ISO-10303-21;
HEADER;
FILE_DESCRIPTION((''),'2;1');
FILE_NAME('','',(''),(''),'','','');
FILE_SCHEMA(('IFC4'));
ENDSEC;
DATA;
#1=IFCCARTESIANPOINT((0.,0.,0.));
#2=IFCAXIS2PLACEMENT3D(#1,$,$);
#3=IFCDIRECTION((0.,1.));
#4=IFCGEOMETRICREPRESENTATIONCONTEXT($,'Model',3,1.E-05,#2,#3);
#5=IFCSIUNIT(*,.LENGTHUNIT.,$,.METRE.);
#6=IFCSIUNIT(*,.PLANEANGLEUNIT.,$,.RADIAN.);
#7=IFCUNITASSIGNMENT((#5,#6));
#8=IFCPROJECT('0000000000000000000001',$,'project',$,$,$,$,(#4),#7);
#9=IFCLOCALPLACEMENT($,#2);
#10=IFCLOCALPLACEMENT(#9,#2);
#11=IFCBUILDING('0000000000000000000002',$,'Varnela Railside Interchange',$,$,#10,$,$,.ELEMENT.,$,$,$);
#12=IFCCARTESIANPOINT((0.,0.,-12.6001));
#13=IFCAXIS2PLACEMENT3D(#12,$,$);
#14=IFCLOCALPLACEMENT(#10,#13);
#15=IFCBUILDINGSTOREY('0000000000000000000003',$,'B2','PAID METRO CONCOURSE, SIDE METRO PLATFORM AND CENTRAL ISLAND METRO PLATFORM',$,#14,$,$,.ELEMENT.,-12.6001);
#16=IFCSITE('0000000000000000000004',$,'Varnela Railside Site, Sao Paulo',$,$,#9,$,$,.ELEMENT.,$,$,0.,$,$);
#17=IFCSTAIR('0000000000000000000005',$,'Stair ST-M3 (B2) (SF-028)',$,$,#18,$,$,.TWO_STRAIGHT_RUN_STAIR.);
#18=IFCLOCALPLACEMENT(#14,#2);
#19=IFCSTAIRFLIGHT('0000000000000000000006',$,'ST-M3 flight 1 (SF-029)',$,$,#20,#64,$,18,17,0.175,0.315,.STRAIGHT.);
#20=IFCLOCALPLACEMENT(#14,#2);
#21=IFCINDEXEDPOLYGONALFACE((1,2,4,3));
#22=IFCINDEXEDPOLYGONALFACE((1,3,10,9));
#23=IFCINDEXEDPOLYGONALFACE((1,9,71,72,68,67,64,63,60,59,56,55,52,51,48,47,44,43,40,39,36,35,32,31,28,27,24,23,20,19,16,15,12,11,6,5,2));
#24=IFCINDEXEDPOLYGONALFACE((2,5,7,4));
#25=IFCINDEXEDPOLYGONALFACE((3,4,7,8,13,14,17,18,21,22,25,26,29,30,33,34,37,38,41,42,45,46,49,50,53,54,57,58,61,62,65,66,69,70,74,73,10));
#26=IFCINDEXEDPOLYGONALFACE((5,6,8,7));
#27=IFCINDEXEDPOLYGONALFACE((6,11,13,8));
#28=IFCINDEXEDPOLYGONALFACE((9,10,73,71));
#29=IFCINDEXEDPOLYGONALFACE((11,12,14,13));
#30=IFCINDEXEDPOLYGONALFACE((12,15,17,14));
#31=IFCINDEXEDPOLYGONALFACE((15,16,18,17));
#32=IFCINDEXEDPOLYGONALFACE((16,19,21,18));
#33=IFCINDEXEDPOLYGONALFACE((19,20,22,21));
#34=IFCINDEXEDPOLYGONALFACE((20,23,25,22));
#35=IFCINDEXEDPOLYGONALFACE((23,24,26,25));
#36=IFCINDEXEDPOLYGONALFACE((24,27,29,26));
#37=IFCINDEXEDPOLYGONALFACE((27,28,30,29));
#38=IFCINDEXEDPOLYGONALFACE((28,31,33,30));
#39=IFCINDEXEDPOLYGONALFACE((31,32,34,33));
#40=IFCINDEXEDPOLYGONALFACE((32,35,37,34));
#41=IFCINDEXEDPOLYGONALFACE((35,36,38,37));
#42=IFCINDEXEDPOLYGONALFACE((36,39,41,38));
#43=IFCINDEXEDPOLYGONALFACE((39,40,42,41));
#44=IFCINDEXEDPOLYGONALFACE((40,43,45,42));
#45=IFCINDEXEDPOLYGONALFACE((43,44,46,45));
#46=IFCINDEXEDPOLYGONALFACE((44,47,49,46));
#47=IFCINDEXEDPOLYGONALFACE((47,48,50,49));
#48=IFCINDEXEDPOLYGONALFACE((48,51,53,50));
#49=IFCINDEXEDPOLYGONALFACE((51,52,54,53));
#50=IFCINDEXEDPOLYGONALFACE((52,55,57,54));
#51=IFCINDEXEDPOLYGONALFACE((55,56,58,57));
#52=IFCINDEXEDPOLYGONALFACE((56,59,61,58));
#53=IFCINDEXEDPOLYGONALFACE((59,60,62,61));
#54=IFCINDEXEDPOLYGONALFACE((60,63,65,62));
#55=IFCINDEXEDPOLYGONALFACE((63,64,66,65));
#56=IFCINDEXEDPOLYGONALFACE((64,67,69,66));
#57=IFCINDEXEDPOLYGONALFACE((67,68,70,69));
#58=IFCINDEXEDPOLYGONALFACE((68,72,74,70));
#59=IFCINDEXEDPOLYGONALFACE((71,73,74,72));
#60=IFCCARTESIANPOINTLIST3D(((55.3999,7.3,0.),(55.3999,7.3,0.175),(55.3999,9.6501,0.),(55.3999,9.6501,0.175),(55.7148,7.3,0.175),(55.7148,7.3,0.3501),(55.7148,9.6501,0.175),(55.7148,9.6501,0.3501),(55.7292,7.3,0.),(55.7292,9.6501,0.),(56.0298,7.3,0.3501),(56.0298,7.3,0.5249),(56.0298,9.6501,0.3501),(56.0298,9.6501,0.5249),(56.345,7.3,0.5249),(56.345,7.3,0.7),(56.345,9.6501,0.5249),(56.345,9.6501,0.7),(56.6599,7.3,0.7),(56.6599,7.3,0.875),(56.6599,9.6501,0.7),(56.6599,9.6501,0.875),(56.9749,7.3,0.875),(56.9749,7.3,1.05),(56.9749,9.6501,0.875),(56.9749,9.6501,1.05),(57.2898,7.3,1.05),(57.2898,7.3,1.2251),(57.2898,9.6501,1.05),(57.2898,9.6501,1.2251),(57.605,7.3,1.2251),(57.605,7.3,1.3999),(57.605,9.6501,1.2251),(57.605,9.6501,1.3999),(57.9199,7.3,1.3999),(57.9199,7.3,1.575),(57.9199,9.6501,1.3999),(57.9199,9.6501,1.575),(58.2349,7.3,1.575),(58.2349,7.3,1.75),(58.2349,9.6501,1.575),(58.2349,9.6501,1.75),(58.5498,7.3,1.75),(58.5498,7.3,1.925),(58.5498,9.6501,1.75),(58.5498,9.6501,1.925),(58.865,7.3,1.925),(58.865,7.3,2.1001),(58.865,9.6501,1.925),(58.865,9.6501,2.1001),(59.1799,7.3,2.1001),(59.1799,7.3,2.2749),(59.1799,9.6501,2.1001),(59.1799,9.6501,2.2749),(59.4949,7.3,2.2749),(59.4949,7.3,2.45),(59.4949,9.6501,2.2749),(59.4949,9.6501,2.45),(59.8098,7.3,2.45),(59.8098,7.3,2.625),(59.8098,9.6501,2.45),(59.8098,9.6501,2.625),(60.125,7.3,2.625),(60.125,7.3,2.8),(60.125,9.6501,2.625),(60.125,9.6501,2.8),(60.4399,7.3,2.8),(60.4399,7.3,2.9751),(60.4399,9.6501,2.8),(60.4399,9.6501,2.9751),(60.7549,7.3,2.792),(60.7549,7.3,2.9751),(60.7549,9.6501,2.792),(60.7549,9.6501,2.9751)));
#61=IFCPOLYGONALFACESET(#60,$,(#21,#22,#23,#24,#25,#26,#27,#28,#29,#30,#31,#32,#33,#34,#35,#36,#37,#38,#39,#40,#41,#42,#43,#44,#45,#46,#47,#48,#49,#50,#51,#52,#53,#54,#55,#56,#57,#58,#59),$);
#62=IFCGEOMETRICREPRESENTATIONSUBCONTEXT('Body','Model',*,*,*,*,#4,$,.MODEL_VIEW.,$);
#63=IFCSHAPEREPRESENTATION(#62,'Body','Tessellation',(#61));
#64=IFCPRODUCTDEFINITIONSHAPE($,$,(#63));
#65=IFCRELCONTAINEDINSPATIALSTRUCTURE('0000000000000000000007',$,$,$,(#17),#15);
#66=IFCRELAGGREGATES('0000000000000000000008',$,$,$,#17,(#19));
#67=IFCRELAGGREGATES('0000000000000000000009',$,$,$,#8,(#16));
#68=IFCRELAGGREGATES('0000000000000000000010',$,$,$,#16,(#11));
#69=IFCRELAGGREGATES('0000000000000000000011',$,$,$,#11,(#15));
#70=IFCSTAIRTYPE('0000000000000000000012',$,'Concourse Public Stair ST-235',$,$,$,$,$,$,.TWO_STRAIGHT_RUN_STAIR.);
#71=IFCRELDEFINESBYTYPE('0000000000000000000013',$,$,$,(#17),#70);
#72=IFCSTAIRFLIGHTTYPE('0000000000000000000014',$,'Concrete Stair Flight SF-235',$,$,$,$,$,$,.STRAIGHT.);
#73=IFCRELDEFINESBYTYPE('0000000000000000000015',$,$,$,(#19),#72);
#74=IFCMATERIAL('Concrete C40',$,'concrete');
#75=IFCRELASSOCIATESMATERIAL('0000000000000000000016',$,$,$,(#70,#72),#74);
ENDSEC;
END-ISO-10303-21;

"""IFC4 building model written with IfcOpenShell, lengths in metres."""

from ifc_helpers import new_model, si_unit, direction, frame, origin, place, context, subcontext, project, spatial, polyline, outline, extrude, material, type_object, element, aggregate, save


model = new_model("IFC4")

# Units and contexts
model_context = context("Model", 3, precision=1e-05, world=origin(), true_north=direction((0.0, 1.0)))
body_context = subcontext(model_context, "Body", "Model", "MODEL_VIEW")
ifc_project = project(units=[si_unit("LENGTHUNIT", "METRE"), si_unit("PLANEANGLEUNIT", "RADIAN")], contexts=[model_context])

# Site, building, storey
site_placement = place(None, origin())
site = spatial("IfcSite", under=ifc_project, at=site_placement, Name="Varnela Railside Site, Sao Paulo", CompositionType="ELEMENT", RefElevation=0.0)
building_placement = place(site_placement, origin())
building = spatial("IfcBuilding", under=site, at=building_placement, Name="Varnela Railside Interchange", CompositionType="ELEMENT")
storey_placement = place(building_placement, frame((0.0, 0.0, -12.6001)))
storey = spatial("IfcBuildingStorey", under=building, at=storey_placement, Name="B2", Description="PAID METRO CONCOURSE, SIDE METRO PLATFORM AND CENTRAL ISLAND METRO PLATFORM", CompositionType="ELEMENT", Elevation=-12.6001)

# Shared definitions
ifc_material_1 = material(Name="Concrete C40", Category="concrete")

# Stair, stair flight
stair_type = type_object("IfcStairType", Name="Concourse Public Stair ST-235", PredefinedType="TWO_STRAIGHT_RUN_STAIR", material=ifc_material_1)
stair_placement = place(storey_placement, origin())
stair = element("IfcStair", 1, at=stair_placement, inside=storey, type_object=stair_type, Name="Stair ST-M3 (B2) (SF-028)", PredefinedType="TWO_STRAIGHT_RUN_STAIR")
stair_flight_type = type_object("IfcStairFlightType", Name="Concrete Stair Flight SF-235", PredefinedType="STRAIGHT", material=ifc_material_1)
stair_flight_placement = place(storey_placement, frame((55.3999, 8.4751, 0.0), z_axis=(0.0, 0.0, 1.0), x_axis=(1.0, 0.0, 0.0)))
stair_flight = element("IfcStairFlight", 2, at=stair_flight_placement, type_object=stair_flight_type, Name="ST-M3 flight 1 (SF-029)", NumberOfRisers=18, NumberOfTreads=17, PredefinedType="STRAIGHT", RiserHeight=0.175, TreadLength=0.315, context=body_context, shape_type="SweptSolid", body=[
    extrude(outline(polyline([(0.0, 0.0), (0.0, 0.175), (0.3149, 0.175), (0.3149, 0.3501), (0.6299, 0.3501), (0.6299, 0.5249), (0.9451, 0.5249), (0.9451, 0.7), (1.26, 0.7), (1.26, 0.875), (1.575, 0.875), (1.575, 1.05), (1.8899, 1.05), (1.8899, 1.2251), (2.2051, 1.2251), (2.2051, 1.3999), (2.52, 1.3999), (2.52, 1.575), (2.835, 1.575), (2.835, 1.75), (3.1499, 1.75), (3.1499, 1.925), (3.4651, 1.925), (3.4651, 2.1001), (3.78, 2.1001), (3.78, 2.2749), (4.095, 2.2749), (4.095, 2.45), (4.4099, 2.45), (4.4099, 2.625), (4.7251, 2.625), (4.7251, 2.8), (5.04, 2.8), (5.04, 2.9751), (5.355, 2.9751), (5.355, 3.1499), (5.355, 2.792), (0.3293, 0.0), (0.0, 0.0)])), frame((0.0, 1.175, 0.0), z_axis=(0.0, -1.0, 0.0), x_axis=(1.0, 0.0, 0.0)), (0.0, 0.0, 1.0), 2.3501),
])
aggregate(stair, [stair_flight])

save(model, "model.ifc")
